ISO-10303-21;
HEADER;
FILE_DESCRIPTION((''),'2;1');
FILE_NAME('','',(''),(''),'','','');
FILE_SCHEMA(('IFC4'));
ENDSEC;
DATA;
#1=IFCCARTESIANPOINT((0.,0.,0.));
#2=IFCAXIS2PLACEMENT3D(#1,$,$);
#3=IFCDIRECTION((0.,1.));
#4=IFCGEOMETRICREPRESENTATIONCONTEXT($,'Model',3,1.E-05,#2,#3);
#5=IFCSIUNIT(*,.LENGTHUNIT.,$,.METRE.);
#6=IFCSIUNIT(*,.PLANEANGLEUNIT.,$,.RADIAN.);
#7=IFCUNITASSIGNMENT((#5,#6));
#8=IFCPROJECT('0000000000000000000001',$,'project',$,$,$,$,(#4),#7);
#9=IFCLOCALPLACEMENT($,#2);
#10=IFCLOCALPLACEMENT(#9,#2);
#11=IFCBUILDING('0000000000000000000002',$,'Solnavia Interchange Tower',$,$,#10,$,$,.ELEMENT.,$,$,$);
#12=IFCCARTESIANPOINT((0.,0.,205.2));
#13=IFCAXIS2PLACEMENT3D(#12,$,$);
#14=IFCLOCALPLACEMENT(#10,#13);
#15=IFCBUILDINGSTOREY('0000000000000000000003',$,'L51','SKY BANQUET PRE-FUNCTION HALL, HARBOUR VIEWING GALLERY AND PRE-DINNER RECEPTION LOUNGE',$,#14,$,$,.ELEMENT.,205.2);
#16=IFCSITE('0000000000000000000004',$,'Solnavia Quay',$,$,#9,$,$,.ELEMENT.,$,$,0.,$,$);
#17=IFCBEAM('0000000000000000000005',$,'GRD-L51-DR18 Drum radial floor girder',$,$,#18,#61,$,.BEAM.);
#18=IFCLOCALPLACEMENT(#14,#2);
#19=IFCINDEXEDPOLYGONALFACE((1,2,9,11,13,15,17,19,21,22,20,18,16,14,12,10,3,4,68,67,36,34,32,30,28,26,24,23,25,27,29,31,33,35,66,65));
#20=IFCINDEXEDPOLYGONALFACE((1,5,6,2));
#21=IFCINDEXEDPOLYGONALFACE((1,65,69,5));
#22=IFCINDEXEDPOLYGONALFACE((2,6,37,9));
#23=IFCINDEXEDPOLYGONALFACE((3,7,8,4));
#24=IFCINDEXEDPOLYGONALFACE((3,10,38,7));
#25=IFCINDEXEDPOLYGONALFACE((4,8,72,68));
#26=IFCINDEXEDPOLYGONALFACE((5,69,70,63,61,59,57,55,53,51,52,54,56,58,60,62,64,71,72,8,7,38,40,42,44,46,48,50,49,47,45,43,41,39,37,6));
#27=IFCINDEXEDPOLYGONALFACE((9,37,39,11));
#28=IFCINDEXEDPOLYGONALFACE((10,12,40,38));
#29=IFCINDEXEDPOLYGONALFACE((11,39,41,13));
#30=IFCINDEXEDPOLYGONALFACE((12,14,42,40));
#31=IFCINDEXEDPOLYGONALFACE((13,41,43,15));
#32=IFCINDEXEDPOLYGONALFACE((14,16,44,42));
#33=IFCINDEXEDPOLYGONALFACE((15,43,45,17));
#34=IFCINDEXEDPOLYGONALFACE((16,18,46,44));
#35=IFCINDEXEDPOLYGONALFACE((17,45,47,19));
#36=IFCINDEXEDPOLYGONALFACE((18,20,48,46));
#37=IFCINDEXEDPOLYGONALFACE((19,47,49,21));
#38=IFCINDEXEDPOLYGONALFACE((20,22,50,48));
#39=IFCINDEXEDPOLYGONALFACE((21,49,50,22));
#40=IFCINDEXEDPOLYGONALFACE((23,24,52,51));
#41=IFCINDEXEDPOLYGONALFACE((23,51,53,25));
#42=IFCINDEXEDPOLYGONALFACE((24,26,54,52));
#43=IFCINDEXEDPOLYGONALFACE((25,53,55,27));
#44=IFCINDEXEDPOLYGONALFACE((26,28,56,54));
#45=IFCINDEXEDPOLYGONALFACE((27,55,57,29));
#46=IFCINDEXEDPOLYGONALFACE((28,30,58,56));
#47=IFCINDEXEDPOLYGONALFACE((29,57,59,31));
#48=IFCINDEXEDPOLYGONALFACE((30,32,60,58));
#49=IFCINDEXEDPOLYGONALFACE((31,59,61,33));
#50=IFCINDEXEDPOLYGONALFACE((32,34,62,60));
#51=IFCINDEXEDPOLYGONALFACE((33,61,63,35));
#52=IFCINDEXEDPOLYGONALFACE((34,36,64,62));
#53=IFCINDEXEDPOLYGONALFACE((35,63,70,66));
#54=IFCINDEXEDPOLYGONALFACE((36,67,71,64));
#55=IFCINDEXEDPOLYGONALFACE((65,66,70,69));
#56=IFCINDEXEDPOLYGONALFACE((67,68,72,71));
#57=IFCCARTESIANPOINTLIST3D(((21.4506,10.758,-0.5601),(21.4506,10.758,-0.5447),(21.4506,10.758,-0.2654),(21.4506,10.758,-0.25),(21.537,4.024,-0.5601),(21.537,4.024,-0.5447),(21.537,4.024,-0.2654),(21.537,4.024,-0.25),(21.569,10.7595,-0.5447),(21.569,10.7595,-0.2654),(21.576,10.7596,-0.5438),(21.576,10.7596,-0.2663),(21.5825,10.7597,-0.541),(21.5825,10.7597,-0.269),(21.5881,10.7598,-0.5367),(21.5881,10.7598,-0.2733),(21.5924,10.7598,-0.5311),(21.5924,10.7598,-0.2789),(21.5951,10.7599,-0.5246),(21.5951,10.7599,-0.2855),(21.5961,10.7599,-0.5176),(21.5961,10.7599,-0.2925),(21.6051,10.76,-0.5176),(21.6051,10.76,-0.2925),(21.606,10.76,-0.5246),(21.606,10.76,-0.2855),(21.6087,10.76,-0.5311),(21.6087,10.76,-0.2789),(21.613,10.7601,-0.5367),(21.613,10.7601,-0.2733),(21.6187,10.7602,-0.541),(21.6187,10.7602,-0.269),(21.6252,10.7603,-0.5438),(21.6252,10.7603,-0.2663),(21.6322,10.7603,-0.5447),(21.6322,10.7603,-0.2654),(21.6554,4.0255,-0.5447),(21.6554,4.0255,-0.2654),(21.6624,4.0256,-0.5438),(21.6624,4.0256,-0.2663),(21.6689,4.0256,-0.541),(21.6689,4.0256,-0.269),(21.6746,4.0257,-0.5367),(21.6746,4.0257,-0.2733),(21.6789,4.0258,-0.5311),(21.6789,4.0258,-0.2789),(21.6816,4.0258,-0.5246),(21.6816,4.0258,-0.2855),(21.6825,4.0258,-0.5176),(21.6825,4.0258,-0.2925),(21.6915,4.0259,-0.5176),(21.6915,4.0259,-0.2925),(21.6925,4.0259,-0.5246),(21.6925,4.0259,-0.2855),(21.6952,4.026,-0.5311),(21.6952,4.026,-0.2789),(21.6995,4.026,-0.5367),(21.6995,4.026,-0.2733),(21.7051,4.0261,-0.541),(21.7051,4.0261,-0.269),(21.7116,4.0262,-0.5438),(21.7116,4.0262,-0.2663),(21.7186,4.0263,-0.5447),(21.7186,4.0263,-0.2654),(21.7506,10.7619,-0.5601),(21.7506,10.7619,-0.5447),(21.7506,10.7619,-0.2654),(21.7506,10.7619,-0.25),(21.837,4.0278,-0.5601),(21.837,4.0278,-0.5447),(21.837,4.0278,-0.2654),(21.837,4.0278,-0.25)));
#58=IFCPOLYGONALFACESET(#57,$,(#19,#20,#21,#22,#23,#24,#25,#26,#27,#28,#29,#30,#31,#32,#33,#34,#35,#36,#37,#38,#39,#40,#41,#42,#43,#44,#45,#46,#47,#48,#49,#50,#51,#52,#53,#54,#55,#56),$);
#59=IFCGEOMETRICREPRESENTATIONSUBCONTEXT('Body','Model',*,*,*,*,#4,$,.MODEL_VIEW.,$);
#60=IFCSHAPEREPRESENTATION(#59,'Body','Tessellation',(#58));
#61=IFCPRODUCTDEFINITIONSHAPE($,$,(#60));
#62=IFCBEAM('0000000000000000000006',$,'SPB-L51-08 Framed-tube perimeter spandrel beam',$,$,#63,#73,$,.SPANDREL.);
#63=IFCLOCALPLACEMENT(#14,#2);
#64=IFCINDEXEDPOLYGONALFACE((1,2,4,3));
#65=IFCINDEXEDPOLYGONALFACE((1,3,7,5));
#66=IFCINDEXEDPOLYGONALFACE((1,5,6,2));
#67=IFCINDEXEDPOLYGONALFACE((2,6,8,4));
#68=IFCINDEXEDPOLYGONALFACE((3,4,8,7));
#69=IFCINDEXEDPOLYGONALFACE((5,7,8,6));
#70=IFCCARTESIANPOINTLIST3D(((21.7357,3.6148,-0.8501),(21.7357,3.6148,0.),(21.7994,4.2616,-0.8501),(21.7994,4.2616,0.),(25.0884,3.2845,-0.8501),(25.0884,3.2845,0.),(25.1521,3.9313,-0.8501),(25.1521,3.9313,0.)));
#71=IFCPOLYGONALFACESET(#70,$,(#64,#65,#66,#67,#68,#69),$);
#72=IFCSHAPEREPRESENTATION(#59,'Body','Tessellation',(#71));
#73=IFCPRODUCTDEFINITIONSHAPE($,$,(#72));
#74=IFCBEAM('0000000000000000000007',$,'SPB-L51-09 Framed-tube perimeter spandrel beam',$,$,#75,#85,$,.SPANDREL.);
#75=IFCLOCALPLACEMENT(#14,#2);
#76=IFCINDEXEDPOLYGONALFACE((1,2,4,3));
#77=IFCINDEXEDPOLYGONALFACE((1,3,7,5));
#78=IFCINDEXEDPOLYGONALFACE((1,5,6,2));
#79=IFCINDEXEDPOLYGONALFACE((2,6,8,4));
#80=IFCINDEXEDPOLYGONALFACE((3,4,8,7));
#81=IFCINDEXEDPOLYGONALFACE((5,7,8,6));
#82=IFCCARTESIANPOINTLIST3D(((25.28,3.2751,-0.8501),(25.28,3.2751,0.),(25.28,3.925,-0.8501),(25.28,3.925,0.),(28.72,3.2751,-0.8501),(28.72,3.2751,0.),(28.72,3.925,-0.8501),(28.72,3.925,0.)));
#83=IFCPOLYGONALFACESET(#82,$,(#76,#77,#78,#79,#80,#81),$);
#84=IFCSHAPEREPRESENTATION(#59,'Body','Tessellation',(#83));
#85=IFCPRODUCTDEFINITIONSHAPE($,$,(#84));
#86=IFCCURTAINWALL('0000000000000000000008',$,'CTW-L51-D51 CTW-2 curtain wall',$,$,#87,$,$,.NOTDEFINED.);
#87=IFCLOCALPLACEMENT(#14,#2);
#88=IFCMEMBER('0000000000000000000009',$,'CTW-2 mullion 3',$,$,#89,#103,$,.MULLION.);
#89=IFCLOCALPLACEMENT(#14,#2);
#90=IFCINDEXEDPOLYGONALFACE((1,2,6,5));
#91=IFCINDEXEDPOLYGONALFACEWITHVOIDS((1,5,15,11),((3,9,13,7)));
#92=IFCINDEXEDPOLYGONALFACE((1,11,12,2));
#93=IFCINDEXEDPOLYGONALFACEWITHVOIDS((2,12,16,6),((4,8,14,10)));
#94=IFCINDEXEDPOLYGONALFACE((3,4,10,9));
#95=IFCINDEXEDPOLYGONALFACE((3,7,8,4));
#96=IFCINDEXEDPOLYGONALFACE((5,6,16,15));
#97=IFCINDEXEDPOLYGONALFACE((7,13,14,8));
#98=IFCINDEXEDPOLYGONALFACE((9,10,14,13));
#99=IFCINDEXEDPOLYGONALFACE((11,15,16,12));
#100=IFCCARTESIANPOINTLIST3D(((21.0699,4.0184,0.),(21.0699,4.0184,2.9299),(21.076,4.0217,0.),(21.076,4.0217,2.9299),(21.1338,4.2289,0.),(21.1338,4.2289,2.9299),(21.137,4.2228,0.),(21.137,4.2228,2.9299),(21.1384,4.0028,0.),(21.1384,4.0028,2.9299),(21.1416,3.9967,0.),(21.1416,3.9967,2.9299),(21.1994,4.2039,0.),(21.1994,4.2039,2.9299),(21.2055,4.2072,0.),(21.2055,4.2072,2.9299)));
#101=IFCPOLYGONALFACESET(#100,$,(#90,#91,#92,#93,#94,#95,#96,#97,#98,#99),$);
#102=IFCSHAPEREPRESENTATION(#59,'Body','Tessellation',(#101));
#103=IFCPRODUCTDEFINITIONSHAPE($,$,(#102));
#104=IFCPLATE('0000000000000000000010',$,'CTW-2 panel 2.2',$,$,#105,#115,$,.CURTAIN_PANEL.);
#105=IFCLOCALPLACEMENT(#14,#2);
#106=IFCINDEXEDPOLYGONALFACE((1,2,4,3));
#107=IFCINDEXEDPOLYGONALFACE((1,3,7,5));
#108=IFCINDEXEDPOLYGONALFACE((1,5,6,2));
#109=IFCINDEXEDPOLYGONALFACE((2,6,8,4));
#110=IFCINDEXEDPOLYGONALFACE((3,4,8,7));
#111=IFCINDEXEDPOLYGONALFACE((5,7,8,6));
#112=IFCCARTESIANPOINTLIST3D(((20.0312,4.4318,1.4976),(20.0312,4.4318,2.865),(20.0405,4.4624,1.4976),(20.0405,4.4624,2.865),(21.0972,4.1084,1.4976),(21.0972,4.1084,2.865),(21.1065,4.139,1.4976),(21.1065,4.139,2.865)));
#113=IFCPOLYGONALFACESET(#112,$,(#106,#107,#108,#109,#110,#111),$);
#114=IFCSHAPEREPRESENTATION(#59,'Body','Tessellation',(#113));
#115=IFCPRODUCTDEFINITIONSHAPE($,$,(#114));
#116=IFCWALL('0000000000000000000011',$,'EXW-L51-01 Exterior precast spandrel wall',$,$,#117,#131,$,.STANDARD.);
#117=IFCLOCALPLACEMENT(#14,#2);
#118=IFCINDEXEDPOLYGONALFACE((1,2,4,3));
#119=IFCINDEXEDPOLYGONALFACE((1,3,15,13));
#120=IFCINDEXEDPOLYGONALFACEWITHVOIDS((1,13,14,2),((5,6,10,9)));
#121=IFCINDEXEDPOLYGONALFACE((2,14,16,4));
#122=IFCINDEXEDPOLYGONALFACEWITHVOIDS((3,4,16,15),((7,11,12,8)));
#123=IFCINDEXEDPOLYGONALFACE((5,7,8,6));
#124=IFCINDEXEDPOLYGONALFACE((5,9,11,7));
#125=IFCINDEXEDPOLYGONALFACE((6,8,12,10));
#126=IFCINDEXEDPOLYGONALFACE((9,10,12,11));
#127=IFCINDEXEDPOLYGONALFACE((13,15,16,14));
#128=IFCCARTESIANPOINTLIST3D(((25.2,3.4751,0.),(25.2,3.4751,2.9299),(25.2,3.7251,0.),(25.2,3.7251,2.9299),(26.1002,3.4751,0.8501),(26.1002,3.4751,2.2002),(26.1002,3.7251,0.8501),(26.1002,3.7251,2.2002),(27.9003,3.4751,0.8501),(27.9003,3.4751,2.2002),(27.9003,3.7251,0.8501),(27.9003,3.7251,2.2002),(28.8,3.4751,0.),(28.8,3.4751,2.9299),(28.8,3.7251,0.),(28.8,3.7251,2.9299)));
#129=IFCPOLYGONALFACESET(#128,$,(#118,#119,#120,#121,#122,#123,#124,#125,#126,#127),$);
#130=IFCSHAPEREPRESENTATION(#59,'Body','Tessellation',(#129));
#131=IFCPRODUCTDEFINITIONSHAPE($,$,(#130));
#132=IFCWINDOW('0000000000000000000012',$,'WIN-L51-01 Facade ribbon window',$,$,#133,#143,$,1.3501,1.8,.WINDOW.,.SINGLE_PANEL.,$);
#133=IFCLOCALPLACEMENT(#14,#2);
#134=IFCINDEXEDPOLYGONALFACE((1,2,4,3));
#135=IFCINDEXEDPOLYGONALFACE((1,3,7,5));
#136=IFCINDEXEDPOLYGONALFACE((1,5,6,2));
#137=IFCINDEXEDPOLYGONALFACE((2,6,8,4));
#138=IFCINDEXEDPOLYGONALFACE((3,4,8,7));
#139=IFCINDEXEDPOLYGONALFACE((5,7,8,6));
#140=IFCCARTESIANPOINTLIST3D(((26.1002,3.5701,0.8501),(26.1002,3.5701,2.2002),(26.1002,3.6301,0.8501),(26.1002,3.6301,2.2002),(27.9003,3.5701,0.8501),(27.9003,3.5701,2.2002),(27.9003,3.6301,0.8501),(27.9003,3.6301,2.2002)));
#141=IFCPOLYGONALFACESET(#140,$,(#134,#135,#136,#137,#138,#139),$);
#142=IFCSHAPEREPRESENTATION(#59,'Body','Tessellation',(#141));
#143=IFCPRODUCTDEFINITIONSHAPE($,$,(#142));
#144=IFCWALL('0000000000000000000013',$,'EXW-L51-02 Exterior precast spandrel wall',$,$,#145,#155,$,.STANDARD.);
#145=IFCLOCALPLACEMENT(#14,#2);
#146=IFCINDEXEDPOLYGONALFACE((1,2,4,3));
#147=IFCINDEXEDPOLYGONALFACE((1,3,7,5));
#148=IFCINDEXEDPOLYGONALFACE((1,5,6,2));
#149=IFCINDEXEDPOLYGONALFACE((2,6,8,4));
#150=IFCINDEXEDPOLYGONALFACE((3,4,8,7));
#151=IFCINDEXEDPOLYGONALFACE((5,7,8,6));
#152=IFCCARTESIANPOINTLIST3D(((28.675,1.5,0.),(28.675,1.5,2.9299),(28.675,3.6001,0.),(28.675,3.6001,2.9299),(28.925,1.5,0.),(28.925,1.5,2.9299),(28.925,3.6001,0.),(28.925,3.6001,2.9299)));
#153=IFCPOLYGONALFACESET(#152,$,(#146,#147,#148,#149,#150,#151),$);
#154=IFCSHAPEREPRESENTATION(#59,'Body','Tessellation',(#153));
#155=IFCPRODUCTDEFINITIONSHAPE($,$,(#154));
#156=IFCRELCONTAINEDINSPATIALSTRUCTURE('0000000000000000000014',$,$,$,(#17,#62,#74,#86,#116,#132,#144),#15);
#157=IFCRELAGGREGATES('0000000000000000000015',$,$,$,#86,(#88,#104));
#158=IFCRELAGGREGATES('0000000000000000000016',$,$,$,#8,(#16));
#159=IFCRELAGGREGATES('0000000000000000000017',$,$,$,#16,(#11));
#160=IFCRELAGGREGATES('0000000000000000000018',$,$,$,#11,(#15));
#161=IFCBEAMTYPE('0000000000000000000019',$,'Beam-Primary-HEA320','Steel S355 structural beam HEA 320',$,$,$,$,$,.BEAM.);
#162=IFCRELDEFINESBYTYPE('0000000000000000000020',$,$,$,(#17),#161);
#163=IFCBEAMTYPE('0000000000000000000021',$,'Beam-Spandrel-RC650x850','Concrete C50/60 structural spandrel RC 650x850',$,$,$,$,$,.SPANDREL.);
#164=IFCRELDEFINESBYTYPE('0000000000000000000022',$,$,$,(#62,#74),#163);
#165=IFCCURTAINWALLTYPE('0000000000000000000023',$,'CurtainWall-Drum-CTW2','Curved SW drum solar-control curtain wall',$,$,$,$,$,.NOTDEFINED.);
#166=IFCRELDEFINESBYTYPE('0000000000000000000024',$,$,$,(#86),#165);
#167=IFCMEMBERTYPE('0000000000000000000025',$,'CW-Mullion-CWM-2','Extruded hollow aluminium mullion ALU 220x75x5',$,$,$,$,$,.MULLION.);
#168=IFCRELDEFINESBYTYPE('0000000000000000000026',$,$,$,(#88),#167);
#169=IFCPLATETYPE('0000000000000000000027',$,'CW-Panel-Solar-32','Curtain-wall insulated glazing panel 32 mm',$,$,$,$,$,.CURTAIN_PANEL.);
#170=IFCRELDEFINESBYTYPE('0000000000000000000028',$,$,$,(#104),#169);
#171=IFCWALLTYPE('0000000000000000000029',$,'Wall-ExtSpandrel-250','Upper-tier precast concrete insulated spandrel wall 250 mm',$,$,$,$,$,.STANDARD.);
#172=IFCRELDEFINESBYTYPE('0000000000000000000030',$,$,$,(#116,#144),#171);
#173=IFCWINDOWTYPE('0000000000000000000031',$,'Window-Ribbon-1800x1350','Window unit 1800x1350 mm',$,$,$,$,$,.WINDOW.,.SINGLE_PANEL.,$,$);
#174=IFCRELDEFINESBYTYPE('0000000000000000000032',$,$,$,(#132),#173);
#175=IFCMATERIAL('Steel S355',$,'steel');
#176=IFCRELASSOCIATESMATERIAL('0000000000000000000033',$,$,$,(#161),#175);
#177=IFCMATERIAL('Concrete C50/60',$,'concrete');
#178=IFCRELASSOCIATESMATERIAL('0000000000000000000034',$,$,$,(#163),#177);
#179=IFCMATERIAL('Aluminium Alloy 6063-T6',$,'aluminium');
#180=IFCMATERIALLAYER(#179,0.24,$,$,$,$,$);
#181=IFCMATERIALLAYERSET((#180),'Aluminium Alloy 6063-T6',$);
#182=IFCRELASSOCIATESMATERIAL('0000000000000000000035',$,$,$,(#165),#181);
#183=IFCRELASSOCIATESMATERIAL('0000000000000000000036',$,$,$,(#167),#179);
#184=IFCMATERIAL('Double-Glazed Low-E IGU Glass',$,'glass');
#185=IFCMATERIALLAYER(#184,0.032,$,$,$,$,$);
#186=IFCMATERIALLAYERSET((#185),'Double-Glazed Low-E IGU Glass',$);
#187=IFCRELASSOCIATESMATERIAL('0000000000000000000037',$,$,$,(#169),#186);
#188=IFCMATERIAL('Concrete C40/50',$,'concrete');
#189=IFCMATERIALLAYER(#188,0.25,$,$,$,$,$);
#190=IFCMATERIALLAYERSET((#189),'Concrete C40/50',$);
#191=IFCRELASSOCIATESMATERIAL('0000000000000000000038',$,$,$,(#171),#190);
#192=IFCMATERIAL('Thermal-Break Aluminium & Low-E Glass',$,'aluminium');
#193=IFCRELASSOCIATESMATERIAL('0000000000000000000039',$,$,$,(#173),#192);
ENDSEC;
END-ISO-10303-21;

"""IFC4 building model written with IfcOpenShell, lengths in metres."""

from ifc_helpers import new_model, si_unit, direction, frame, frame_2d, origin, origin_2d, place, context, subcontext, project, spatial, rectangle, hollow_rectangle, i_section, extrude, material, layer, layer_set, material_profile, profile_set, type_object, element, fill, aggregate, save


model = new_model("IFC4")

# Units and contexts
model_context = context("Model", 3, precision=1e-05, world=origin(), true_north=direction((0.0, 1.0)))
body_context = subcontext(model_context, "Body", "Model", "MODEL_VIEW")
ifc_project = project(units=[si_unit("LENGTHUNIT", "METRE"), si_unit("PLANEANGLEUNIT", "RADIAN")], contexts=[model_context])

# Site, building, storey
site_placement = place(None, origin())
site = spatial("IfcSite", under=ifc_project, at=site_placement, Name="Solnavia Quay", CompositionType="ELEMENT", RefElevation=0.0)
building_placement = place(site_placement, origin())
building = spatial("IfcBuilding", under=site, at=building_placement, Name="Solnavia Interchange Tower", CompositionType="ELEMENT")
storey_placement = place(building_placement, frame((0.0, 0.0, 205.2)))
storey = spatial("IfcBuildingStorey", under=building, at=storey_placement, Name="L51", Description="SKY BANQUET PRE-FUNCTION HALL, HARBOUR VIEWING GALLERY AND PRE-DINNER RECEPTION LOUNGE", CompositionType="ELEMENT", Elevation=205.2)

# Shared definitions
ifc_material_1 = material(Name="Concrete C50/60", Category="concrete")
ifc_material_2 = material(Name="Steel S355", Category="steel")

# Beams
ifc_material_profile_1 = material_profile(ifc_material_2, i_section(OverallWidth=0.3, OverallDepth=0.3101, WebThickness=0.009, FlangeThickness=0.0154, FilletRadius=0.0271, at=origin_2d()), Name="HEA 320")
ifc_profile_set_1 = profile_set([ifc_material_profile_1], Name="Steel S355")
beam_type_1 = type_object("IfcBeamType", Name="Beam-Primary-HEA320", Description="Steel S355 structural beam HEA 320", PredefinedType="BEAM", material=ifc_profile_set_1)
beam_1_placement = place(storey_placement, frame((21.687, 4.0259, -0.405), z_axis=(-0.012833, 0.999918, 0.0), x_axis=(-0.999918, -0.012833, 0.0)))
element("IfcBeam", 1, at=beam_1_placement, inside=storey, type_object=beam_type_1, Name="GRD-L51-DR18 Drum radial floor girder", PredefinedType="BEAM", context=body_context, shape_type="SweptSolid", body=[
    extrude(i_section(OverallWidth=0.3, OverallDepth=0.3101, WebThickness=0.009, FlangeThickness=0.0154, FilletRadius=0.0271, at=origin_2d()), origin(), (0.0, 0.0, 1.0), 6.7346),
])
ifc_material_profile_2 = material_profile(ifc_material_1, rectangle(XDim=0.6499, YDim=0.8501, at=origin_2d()), Name="RC 650x850")
ifc_profile_set_2 = profile_set([ifc_material_profile_2], Name="Concrete C50/60")
beam_type_2 = type_object("IfcBeamType", Name="Beam-Spandrel-RC650x850", Description="Concrete C50/60 structural spandrel RC 650x850", PredefinedType="SPANDREL", material=ifc_profile_set_2)
beam_2_placement = place(storey_placement, frame((21.7676, 3.9382, -0.425), z_axis=(0.995182, -0.098047, 0.0), x_axis=(0.098047, 0.995182, 0.0)))
element("IfcBeam", 2, at=beam_2_placement, inside=storey, type_object=beam_type_2, Name="SPB-L51-08 Framed-tube perimeter spandrel beam", PredefinedType="SPANDREL", context=body_context, shape_type="SweptSolid", body=[
    extrude(rectangle(XDim=0.6499, YDim=0.8501, at=origin_2d()), origin(), (0.0, 0.0, 1.0), 3.3689),
])
beam_3_placement = place(storey_placement, frame((25.28, 3.6001, -0.425), z_axis=(1.0, 0.0, 0.0), x_axis=(0.0, 1.0, 0.0)))
element("IfcBeam", 3, at=beam_3_placement, inside=storey, type_object=beam_type_2, Name="SPB-L51-09 Framed-tube perimeter spandrel beam", PredefinedType="SPANDREL", context=body_context, shape_type="SweptSolid", body=[
    extrude(rectangle(XDim=0.6499, YDim=0.8501, at=origin_2d()), origin(), (0.0, 0.0, 1.0), 3.4399),
])

# Curtain wall, member, plate
ifc_material_3 = material(Name="Aluminium Alloy 6063-T6", Category="aluminium")
ifc_layer_1 = layer(ifc_material_3, 0.24)
ifc_layer_set_1 = layer_set([ifc_layer_1], Name="Aluminium Alloy 6063-T6")
curtain_wall_type = type_object("IfcCurtainWallType", Name="CurtainWall-Drum-CTW2", Description="Curved SW drum solar-control curtain wall", PredefinedType="NOTDEFINED", material=ifc_layer_set_1)
curtain_wall_placement = place(storey_placement, origin())
curtain_wall = element("IfcCurtainWall", 4, at=curtain_wall_placement, inside=storey, type_object=curtain_wall_type, Name="CTW-L51-D51 CTW-2 curtain wall", PredefinedType="NOTDEFINED")
ifc_material_profile_3 = material_profile(ifc_material_3, hollow_rectangle(XDim=0.075, YDim=0.22, WallThickness=0.0049, at=origin_2d()), Name="ALU 220x75x5")
ifc_profile_set_3 = profile_set([ifc_material_profile_3], Name="Aluminium Alloy 6063-T6")
member_type = type_object("IfcMemberType", Name="CW-Mullion-CWM-2", Description="Extruded hollow aluminium mullion ALU 220x75x5", PredefinedType="MULLION", material=ifc_profile_set_3)
member_placement = place(storey_placement, frame((21.1377, 4.1128, 0.0), z_axis=(0.0, 0.0, 1.0), x_axis=(0.956942, -0.290279, 0.0)))
member = element("IfcMember", 5, at=member_placement, type_object=member_type, Name="CTW-2 mullion 3", PredefinedType="MULLION", context=body_context, shape_type="SweptSolid", body=[
    extrude(hollow_rectangle(XDim=0.075, YDim=0.22, WallThickness=0.0049, at=origin_2d()), origin(), (0.0, 0.0, 1.0), 2.9299),
])
ifc_material_4 = material(Name="Double-Glazed Low-E IGU Glass", Category="glass")
ifc_layer_2 = layer(ifc_material_4, 0.032)
ifc_layer_set_2 = layer_set([ifc_layer_2], Name="Double-Glazed Low-E IGU Glass")
plate_type = type_object("IfcPlateType", Name="CW-Panel-Solar-32", Description="Curtain-wall insulated glazing panel 32 mm", PredefinedType="CURTAIN_PANEL", material=ifc_layer_set_2)
plate_placement = place(storey_placement, frame((20.5688, 4.2854, 1.4976), z_axis=(0.0, 0.0, 1.0), x_axis=(0.956942, -0.290279, 0.0)))
plate = element("IfcPlate", 6, at=plate_placement, type_object=plate_type, Name="CTW-2 panel 2.2", PredefinedType="CURTAIN_PANEL", context=body_context, shape_type="SweptSolid", body=[
    extrude(rectangle(XDim=1.114, YDim=0.032, at=origin_2d()), origin(), (0.0, 0.0, 1.0), 1.3674),
])
aggregate(curtain_wall, [member, plate])

# Wall, opening, window
ifc_material_5 = material(Name="Concrete C40/50", Category="concrete")
ifc_layer_3 = layer(ifc_material_5, 0.25)
ifc_layer_set_3 = layer_set([ifc_layer_3], Name="Concrete C40/50")
wall_type_1 = type_object("IfcWallType", Name="Wall-ExtSpandrel-250", Description="Upper-tier precast concrete insulated spandrel wall 250 mm", PredefinedType="STANDARD", material=ifc_layer_set_3)
wall_1_placement = place(storey_placement, frame((28.8, 3.6001, 0.0), z_axis=(0.0, 0.0, 1.0), x_axis=(-1.0, 0.0, 0.0)))
wall_1 = element("IfcWall", 7, at=wall_1_placement, inside=storey, type_object=wall_type_1, Name="EXW-L51-01 Exterior precast spandrel wall", PredefinedType="STANDARD", context=body_context, shape_type="SweptSolid", body=[
    extrude(rectangle(XDim=3.6001, YDim=0.25, at=frame_2d((1.8, 0.0))), origin(), (0.0, 0.0, 1.0), 2.9299),
])
opening_1_placement = place(wall_1_placement, frame((0.8999, 0.0, 0.8501)))
opening_1 = element("IfcOpeningElement", 8, at=opening_1_placement, cuts=wall_1, PredefinedType="OPENING", context=body_context, shape_type="SweptSolid", body=[
    extrude(rectangle(XDim=1.8, YDim=1.3501, at=frame_2d((0.8999, 0.675))), frame((0.0, 0.135, 0.0), z_axis=(0.0, -1.0, 0.0), x_axis=(1.0, 0.0, 0.0)), (0.0, 0.0, 1.0), 0.27),
])
ifc_material_6 = material(Name="Thermal-Break Aluminium & Low-E Glass", Category="aluminium")
window_type_1 = type_object("IfcWindowType", Name="Window-Ribbon-1800x1350", Description="Window unit 1800x1350 mm", PartitioningType="SINGLE_PANEL", PredefinedType="WINDOW", material=ifc_material_6)
window_1_placement = place(opening_1_placement, origin())
window_1 = element("IfcWindow", 9, at=window_1_placement, inside=storey, type_object=window_type_1, Name="WIN-L51-01 Facade ribbon window", OverallHeight=1.3501, OverallWidth=1.8, PartitioningType="SINGLE_PANEL", PredefinedType="WINDOW", context=body_context, shape_type="SweptSolid", body=[
    extrude(rectangle(XDim=1.8, YDim=1.3501, at=frame_2d((0.8999, 0.675))), frame((0.0, 0.03, 0.0), z_axis=(0.0, -1.0, 0.0), x_axis=(1.0, 0.0, 0.0)), (0.0, 0.0, 1.0), 0.0601),
])
fill(opening_1, window_1)

# Wall
wall_2_placement = place(storey_placement, frame((28.8, 3.6001, 0.0), z_axis=(0.0, 0.0, 1.0), x_axis=(0.0, -1.0, 0.0)))
element("IfcWall", 10, at=wall_2_placement, inside=storey, type_object=wall_type_1, Name="EXW-L51-02 Exterior precast spandrel wall", PredefinedType="STANDARD", context=body_context, shape_type="SweptSolid", body=[
    extrude(rectangle(XDim=2.1001, YDim=0.25, at=frame_2d((1.05, 0.0))), origin(), (0.0, 0.0, 1.0), 2.9299),
])

save(model, "model.ifc")
